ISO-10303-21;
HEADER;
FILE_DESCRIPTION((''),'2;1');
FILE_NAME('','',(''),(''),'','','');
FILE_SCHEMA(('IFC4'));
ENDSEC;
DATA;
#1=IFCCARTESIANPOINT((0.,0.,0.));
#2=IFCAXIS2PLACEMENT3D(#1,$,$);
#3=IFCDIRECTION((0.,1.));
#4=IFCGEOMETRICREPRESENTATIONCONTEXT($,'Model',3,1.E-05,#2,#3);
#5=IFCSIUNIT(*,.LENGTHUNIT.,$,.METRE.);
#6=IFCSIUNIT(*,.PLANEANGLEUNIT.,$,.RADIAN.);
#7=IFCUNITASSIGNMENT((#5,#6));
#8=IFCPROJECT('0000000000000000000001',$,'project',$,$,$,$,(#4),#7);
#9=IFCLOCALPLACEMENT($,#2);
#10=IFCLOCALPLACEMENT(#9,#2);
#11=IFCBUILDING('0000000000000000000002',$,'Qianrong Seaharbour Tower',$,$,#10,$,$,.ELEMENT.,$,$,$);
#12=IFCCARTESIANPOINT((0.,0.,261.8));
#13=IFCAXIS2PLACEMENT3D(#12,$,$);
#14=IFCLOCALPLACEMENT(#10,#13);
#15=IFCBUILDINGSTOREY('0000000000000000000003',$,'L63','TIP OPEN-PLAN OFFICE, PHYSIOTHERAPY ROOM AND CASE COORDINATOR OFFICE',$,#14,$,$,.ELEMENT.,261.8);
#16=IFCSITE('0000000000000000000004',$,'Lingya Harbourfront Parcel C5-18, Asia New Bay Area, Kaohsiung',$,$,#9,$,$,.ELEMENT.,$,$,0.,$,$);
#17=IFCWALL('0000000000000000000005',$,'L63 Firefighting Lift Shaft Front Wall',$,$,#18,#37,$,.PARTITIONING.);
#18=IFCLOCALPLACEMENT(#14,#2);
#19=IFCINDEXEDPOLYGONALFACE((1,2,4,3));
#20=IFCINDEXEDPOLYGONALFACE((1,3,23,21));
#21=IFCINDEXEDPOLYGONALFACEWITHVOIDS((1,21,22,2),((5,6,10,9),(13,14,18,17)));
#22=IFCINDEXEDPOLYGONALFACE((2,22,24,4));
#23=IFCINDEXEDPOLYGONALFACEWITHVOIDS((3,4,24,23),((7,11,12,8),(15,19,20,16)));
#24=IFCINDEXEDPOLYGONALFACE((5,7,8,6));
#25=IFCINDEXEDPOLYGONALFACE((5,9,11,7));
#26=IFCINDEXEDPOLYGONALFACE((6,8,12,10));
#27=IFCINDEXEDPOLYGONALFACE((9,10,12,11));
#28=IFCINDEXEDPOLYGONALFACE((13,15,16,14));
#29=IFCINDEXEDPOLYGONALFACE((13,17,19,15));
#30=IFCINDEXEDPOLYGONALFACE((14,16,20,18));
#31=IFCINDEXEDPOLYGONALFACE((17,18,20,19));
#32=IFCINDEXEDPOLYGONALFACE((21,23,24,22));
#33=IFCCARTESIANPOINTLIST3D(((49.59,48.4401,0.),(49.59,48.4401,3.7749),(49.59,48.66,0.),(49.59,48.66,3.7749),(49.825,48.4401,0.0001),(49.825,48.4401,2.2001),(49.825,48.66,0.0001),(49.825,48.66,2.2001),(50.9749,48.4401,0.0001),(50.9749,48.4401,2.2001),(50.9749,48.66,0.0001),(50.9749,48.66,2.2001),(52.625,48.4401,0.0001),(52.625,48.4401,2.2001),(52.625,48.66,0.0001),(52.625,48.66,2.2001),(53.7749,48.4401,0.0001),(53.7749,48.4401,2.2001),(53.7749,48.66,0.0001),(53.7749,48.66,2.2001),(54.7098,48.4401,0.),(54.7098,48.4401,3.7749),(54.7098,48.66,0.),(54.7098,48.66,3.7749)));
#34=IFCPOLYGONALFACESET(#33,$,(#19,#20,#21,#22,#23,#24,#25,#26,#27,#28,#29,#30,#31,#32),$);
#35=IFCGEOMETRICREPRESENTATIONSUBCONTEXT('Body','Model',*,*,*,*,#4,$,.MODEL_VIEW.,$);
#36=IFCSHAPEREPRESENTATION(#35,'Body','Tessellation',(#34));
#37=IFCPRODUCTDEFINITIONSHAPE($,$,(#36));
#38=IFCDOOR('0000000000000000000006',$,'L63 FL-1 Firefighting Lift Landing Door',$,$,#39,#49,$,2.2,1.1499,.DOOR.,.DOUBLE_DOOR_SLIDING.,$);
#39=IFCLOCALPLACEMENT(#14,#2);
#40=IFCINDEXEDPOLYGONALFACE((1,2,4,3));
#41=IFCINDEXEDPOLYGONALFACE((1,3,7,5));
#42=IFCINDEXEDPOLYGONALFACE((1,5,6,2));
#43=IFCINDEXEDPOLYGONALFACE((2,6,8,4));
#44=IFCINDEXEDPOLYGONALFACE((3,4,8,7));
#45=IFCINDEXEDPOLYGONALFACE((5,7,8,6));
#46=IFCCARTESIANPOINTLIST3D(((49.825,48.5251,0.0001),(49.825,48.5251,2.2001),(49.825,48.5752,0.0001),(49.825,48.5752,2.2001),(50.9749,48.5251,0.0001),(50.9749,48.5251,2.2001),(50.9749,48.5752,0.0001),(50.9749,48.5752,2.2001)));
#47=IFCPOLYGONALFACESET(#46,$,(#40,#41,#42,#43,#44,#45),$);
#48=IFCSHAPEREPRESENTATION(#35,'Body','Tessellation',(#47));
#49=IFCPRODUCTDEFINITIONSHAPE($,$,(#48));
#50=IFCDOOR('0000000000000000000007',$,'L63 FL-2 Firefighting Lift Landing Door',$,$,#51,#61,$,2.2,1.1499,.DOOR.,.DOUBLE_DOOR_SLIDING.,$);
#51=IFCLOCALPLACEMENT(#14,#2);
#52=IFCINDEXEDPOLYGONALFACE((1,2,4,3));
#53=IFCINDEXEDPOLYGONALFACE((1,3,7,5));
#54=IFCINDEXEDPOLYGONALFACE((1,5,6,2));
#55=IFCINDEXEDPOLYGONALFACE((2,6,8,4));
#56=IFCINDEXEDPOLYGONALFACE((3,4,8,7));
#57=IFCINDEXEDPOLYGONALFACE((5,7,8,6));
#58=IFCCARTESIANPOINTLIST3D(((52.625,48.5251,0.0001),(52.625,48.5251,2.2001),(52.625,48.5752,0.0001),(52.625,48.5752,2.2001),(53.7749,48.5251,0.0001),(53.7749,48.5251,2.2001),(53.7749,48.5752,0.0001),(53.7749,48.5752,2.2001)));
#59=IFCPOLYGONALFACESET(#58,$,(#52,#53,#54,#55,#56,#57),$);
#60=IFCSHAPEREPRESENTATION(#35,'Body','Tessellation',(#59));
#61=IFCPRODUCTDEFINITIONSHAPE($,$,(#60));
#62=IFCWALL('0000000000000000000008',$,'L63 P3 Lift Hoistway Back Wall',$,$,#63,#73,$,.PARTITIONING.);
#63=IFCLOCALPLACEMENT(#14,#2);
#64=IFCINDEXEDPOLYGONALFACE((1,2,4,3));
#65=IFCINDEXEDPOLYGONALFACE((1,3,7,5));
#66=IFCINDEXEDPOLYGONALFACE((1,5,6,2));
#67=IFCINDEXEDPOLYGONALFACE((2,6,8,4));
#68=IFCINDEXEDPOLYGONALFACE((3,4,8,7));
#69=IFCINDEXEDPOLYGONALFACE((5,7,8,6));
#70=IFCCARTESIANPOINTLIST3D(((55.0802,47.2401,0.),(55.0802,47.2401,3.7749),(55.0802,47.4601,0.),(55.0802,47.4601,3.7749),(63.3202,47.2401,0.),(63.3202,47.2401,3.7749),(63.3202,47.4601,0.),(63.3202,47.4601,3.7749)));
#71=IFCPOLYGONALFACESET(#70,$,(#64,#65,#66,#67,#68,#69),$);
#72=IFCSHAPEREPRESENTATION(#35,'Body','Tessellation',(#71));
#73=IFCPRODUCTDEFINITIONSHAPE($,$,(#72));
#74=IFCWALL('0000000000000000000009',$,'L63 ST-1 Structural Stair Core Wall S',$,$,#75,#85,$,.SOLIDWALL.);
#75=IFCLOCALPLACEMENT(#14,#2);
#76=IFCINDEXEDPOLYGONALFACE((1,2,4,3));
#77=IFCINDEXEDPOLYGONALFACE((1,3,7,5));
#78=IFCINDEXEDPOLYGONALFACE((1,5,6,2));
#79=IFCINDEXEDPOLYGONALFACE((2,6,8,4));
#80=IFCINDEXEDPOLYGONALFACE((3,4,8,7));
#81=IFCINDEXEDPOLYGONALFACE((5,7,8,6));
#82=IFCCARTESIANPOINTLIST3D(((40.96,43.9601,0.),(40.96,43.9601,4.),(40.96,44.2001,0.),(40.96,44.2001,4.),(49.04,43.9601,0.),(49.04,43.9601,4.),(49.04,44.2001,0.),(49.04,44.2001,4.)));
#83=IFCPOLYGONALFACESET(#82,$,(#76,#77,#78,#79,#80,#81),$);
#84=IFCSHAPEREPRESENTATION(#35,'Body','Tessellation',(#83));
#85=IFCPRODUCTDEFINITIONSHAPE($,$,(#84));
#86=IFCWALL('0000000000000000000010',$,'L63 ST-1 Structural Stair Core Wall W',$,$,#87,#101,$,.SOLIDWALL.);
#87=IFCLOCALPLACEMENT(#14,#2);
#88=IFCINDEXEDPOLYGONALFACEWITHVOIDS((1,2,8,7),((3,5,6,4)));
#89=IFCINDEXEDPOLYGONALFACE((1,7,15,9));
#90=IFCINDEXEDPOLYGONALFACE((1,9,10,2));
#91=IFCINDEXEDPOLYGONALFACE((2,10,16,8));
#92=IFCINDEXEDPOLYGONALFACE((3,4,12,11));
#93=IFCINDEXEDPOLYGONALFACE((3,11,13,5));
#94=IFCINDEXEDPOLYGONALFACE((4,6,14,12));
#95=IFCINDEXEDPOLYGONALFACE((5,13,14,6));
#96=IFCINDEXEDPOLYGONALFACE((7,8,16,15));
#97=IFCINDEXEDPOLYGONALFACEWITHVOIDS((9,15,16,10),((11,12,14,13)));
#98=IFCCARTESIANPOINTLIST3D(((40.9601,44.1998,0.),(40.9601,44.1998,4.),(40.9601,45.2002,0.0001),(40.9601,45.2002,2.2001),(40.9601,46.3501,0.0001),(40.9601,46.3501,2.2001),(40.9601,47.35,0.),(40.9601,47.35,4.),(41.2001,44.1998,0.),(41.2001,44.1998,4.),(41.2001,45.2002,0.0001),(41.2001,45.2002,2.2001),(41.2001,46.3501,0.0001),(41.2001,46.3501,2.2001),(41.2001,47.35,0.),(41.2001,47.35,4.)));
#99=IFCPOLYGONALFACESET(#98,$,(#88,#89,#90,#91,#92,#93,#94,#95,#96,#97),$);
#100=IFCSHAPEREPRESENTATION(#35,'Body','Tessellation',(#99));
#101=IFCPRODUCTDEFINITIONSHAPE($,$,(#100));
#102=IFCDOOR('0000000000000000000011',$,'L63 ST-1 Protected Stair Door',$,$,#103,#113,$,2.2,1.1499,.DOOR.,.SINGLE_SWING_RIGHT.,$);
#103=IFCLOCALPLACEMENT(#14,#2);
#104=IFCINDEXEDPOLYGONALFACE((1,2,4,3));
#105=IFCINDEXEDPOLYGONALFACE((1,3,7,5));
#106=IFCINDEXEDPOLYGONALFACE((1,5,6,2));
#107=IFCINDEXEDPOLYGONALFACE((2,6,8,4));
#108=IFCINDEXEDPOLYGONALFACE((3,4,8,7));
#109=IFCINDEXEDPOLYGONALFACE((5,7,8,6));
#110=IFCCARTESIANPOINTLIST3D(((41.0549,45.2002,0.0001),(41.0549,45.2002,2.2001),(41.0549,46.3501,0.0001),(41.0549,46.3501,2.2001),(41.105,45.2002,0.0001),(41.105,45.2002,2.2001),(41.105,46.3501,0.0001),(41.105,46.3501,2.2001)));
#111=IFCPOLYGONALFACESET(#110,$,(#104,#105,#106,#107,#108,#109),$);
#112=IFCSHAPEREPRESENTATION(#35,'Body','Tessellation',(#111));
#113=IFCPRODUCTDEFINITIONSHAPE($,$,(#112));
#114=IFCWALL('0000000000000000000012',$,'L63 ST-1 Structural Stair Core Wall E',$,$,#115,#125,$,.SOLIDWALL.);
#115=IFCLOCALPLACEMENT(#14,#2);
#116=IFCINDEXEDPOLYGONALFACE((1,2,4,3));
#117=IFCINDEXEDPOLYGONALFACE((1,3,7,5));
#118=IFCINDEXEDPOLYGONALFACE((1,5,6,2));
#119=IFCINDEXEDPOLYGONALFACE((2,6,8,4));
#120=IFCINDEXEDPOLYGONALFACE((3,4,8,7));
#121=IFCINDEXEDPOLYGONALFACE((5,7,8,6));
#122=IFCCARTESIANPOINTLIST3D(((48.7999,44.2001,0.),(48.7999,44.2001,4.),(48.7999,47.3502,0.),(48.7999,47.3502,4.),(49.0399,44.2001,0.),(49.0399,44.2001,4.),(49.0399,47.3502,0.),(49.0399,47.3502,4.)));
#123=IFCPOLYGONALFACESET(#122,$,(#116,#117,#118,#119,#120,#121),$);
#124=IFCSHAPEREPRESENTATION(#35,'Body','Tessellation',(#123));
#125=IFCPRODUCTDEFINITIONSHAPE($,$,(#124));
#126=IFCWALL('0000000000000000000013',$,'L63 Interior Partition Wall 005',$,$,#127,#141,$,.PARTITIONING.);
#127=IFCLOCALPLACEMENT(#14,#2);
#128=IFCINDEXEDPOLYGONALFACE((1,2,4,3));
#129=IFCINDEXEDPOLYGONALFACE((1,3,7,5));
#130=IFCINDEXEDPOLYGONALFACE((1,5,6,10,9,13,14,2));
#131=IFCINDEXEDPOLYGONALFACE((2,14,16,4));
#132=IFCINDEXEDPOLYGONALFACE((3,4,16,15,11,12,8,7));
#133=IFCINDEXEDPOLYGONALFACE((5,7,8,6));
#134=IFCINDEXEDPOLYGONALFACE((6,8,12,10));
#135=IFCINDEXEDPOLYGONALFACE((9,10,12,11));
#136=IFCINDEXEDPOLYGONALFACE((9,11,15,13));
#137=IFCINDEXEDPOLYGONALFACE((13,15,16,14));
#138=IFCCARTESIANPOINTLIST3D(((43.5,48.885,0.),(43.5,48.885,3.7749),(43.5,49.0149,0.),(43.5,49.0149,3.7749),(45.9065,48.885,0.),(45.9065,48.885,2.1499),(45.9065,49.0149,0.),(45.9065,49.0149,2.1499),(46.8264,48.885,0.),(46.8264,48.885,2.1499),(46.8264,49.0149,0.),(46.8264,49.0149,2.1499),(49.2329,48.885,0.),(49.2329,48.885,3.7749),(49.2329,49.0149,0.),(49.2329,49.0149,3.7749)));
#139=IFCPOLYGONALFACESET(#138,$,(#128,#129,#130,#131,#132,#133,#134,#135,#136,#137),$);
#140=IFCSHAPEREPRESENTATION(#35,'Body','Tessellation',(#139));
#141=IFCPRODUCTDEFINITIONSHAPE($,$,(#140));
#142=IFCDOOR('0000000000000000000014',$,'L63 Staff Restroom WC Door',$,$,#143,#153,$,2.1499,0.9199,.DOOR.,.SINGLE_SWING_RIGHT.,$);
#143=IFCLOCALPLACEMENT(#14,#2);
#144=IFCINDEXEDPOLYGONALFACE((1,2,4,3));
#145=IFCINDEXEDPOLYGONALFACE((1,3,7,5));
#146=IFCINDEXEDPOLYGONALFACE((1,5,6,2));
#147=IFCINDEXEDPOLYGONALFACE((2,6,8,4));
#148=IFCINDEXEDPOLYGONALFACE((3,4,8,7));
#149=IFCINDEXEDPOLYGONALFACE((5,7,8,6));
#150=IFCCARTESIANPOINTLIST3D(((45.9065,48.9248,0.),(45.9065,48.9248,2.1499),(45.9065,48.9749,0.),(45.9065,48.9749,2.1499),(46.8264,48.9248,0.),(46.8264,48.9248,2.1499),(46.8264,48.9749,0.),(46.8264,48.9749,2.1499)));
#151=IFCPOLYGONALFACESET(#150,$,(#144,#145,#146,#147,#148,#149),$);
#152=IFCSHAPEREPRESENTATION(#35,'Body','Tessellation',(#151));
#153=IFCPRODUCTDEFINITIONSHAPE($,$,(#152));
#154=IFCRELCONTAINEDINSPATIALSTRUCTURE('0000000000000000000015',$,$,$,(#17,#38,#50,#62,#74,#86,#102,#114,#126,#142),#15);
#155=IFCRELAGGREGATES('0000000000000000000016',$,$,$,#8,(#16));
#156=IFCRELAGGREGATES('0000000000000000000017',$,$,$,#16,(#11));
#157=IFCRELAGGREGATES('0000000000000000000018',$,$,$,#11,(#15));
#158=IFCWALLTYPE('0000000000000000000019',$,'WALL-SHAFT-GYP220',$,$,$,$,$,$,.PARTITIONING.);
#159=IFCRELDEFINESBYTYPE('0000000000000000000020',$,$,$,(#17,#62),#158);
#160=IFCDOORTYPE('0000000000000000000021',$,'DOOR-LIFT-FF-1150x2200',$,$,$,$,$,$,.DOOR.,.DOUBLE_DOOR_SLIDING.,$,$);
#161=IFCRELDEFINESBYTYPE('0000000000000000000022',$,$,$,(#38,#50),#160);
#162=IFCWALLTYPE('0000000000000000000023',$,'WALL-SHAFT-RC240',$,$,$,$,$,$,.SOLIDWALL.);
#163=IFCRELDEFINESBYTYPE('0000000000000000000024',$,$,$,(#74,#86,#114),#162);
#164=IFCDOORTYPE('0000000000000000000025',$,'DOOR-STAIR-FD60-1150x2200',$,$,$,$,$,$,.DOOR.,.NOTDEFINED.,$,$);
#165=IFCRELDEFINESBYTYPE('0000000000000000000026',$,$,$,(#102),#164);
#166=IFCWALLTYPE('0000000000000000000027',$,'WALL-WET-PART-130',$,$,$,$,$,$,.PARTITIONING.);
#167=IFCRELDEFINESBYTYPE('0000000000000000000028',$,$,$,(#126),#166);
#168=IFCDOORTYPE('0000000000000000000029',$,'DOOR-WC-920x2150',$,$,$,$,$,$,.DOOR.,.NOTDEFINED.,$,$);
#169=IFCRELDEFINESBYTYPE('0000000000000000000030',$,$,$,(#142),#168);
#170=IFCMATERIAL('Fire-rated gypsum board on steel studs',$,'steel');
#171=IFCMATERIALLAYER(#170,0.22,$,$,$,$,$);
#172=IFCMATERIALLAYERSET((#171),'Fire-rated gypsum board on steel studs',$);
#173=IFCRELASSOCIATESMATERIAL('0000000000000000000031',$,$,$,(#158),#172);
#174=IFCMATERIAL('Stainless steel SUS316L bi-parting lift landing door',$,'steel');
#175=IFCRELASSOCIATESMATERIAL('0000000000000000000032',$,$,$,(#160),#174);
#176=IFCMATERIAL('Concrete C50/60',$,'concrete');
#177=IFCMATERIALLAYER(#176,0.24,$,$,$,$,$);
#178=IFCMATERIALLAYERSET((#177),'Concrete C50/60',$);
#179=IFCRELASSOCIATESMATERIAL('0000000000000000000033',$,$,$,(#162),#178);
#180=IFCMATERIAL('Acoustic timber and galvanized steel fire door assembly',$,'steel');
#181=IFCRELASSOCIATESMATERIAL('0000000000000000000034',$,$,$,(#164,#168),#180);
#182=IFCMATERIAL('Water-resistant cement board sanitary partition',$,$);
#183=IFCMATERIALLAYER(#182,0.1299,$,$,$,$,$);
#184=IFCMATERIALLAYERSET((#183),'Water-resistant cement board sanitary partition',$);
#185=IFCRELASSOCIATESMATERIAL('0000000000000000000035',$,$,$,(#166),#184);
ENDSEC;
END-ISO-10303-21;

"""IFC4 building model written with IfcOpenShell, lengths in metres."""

from ifc_helpers import new_model, si_unit, direction, frame, frame_2d, origin, place, context, subcontext, project, spatial, rectangle, extrude, material, layer, layer_set, type_object, element, fill, save


model = new_model("IFC4")

# Units and contexts
model_context = context("Model", 3, precision=1e-05, world=origin(), true_north=direction((0.0, 1.0)))
body_context = subcontext(model_context, "Body", "Model", "MODEL_VIEW")
ifc_project = project(units=[si_unit("LENGTHUNIT", "METRE"), si_unit("PLANEANGLEUNIT", "RADIAN")], contexts=[model_context])

# Site, building, storey
site_placement = place(None, origin())
site = spatial("IfcSite", under=ifc_project, at=site_placement, Name="Lingya Harbourfront Parcel C5-18, Asia New Bay Area, Kaohsiung", CompositionType="ELEMENT", RefElevation=0.0)
building_placement = place(site_placement, origin())
building = spatial("IfcBuilding", under=site, at=building_placement, Name="Qianrong Seaharbour Tower", CompositionType="ELEMENT")
storey_placement = place(building_placement, frame((0.0, 0.0, 261.8)))
storey = spatial("IfcBuildingStorey", under=building, at=storey_placement, Name="L63", Description="TIP OPEN-PLAN OFFICE, PHYSIOTHERAPY ROOM AND CASE COORDINATOR OFFICE", CompositionType="ELEMENT", Elevation=261.8)

# Shared definitions
ifc_material_1 = material(Name="Concrete C50/60", Category="concrete")

# Shared definitions
ifc_material_2 = material(Name="Acoustic timber and galvanized steel fire door assembly", Category="steel")

# Shared definitions
ifc_material_3 = material(Name="Fire-rated gypsum board on steel studs", Category="steel")

# Wall, openings, doors
ifc_layer_1 = layer(ifc_material_3, 0.22)
ifc_layer_set_1 = layer_set([ifc_layer_1], Name="Fire-rated gypsum board on steel studs")
wall_type_1 = type_object("IfcWallType", Name="WALL-SHAFT-GYP220", PredefinedType="PARTITIONING", material=ifc_layer_set_1)
wall_1_placement = place(storey_placement, frame((54.71, 48.55, 0.0), z_axis=(0.0, 0.0, 1.0), x_axis=(-1.0, 0.0, 0.0)))
wall_1 = element("IfcWall", 1, at=wall_1_placement, inside=storey, type_object=wall_type_1, Name="L63 Firefighting Lift Shaft Front Wall", PredefinedType="PARTITIONING", context=body_context, shape_type="SweptSolid", body=[
    extrude(rectangle(XDim=5.1199, YDim=0.22, at=frame_2d((2.5601, 0.0))), origin(), (0.0, 0.0, 1.0), 3.7749),
])
opening_1_placement = place(wall_1_placement, frame((3.7351, 0.0, 0.0)))
opening_1 = element("IfcOpeningElement", 2, at=opening_1_placement, cuts=wall_1, PredefinedType="OPENING", context=body_context, shape_type="SweptSolid", body=[
    extrude(rectangle(XDim=1.1499, YDim=2.2, at=frame_2d((0.575, 1.1001))), frame((0.0, 0.1201, 0.0), z_axis=(0.0, -1.0, 0.0), x_axis=(1.0, 0.0, 0.0)), (0.0, 0.0, 1.0), 0.24),
])
opening_2_placement = place(wall_1_placement, frame((0.9351, 0.0, 0.0)))
opening_2 = element("IfcOpeningElement", 3, at=opening_2_placement, cuts=wall_1, PredefinedType="OPENING", context=body_context, shape_type="SweptSolid", body=[
    extrude(rectangle(XDim=1.1499, YDim=2.2, at=frame_2d((0.575, 1.1001))), frame((0.0, 0.1201, 0.0), z_axis=(0.0, -1.0, 0.0), x_axis=(1.0, 0.0, 0.0)), (0.0, 0.0, 1.0), 0.24),
])
ifc_material_4 = material(Name="Stainless steel SUS316L bi-parting lift landing door", Category="steel")
door_type_1 = type_object("IfcDoorType", Name="DOOR-LIFT-FF-1150x2200", OperationType="DOUBLE_DOOR_SLIDING", PredefinedType="DOOR", material=ifc_material_4)
door_1_placement = place(opening_1_placement, origin())
door_1 = element("IfcDoor", 4, at=door_1_placement, inside=storey, type_object=door_type_1, Name="L63 FL-1 Firefighting Lift Landing Door", OperationType="DOUBLE_DOOR_SLIDING", OverallHeight=2.2, OverallWidth=1.1499, PredefinedType="DOOR", context=body_context, shape_type="SweptSolid", body=[
    extrude(rectangle(XDim=1.1499, YDim=2.2, at=frame_2d((0.575, 1.1001))), frame((0.0, 0.0249, 0.0), z_axis=(0.0, -1.0, 0.0), x_axis=(1.0, 0.0, 0.0)), (0.0, 0.0, 1.0), 0.05),
])
fill(opening_1, door_1)
door_2_placement = place(opening_2_placement, origin())
door_2 = element("IfcDoor", 5, at=door_2_placement, inside=storey, type_object=door_type_1, Name="L63 FL-2 Firefighting Lift Landing Door", OperationType="DOUBLE_DOOR_SLIDING", OverallHeight=2.2, OverallWidth=1.1499, PredefinedType="DOOR", context=body_context, shape_type="SweptSolid", body=[
    extrude(rectangle(XDim=1.1499, YDim=2.2, at=frame_2d((0.575, 1.1001))), frame((0.0, 0.0249, 0.0), z_axis=(0.0, -1.0, 0.0), x_axis=(1.0, 0.0, 0.0)), (0.0, 0.0, 1.0), 0.05),
])
fill(opening_2, door_2)

# Walls
wall_2_placement = place(storey_placement, frame((55.0801, 47.3501, 0.0), z_axis=(0.0, 0.0, 1.0), x_axis=(1.0, 0.0, 0.0)))
element("IfcWall", 6, at=wall_2_placement, inside=storey, type_object=wall_type_1, Name="L63 P3 Lift Hoistway Back Wall", PredefinedType="PARTITIONING", context=body_context, shape_type="SweptSolid", body=[
    extrude(rectangle(XDim=8.24, YDim=0.22, at=frame_2d((4.1201, 0.0))), origin(), (0.0, 0.0, 1.0), 3.7749),
])
ifc_layer_2 = layer(ifc_material_1, 0.24)
ifc_layer_set_2 = layer_set([ifc_layer_2], Name="Concrete C50/60")
wall_type_2 = type_object("IfcWallType", Name="WALL-SHAFT-RC240", PredefinedType="SOLIDWALL", material=ifc_layer_set_2)
wall_3_placement = place(storey_placement, frame((49.04, 44.0801, 0.0), z_axis=(0.0, 0.0, 1.0), x_axis=(-1.0, 0.0, 0.0)))
element("IfcWall", 7, at=wall_3_placement, inside=storey, type_object=wall_type_2, Name="L63 ST-1 Structural Stair Core Wall S", PredefinedType="SOLIDWALL", context=body_context, shape_type="SweptSolid", body=[
    extrude(rectangle(XDim=8.0801, YDim=0.24, at=frame_2d((4.04, 0.0))), origin(), (0.0, 0.0, 1.0), 4.0),
])

# Wall, opening, door
wall_4_placement = place(storey_placement, frame((41.0801, 47.3501, 0.0), z_axis=(0.0, 0.0, 1.0), x_axis=(0.0, -1.0, 0.0)))
wall_4 = element("IfcWall", 8, at=wall_4_placement, inside=storey, type_object=wall_type_2, Name="L63 ST-1 Structural Stair Core Wall W", PredefinedType="SOLIDWALL", context=body_context, shape_type="SweptSolid", body=[
    extrude(rectangle(XDim=3.1501, YDim=0.24, at=frame_2d((1.5752, 0.0))), origin(), (0.0, 0.0, 1.0), 4.0),
])
opening_3_placement = place(wall_4_placement, frame((1.0, 0.0, 0.0)))
opening_3 = element("IfcOpeningElement", 9, at=opening_3_placement, cuts=wall_4, PredefinedType="OPENING", context=body_context, shape_type="SweptSolid", body=[
    extrude(rectangle(XDim=1.1499, YDim=2.2, at=frame_2d((0.575, 1.1001))), frame((0.0, 0.1299, 0.0), z_axis=(0.0, -1.0, 0.0), x_axis=(1.0, 0.0, 0.0)), (0.0, 0.0, 1.0), 0.26),
])
door_type_2 = type_object("IfcDoorType", Name="DOOR-STAIR-FD60-1150x2200", OperationType="NOTDEFINED", PredefinedType="DOOR", material=ifc_material_2)
door_3_placement = place(opening_3_placement, origin())
door_3 = element("IfcDoor", 10, at=door_3_placement, inside=storey, type_object=door_type_2, Name="L63 ST-1 Protected Stair Door", OperationType="SINGLE_SWING_RIGHT", OverallHeight=2.2, OverallWidth=1.1499, PredefinedType="DOOR", context=body_context, shape_type="SweptSolid", body=[
    extrude(rectangle(XDim=1.1499, YDim=2.2, at=frame_2d((0.575, 1.1001))), frame((0.0, 0.0249, 0.0), z_axis=(0.0, -1.0, 0.0), x_axis=(1.0, 0.0, 0.0)), (0.0, 0.0, 1.0), 0.05),
])
fill(opening_3, door_3)

# Wall
wall_5_placement = place(storey_placement, frame((48.9199, 44.2, 0.0), z_axis=(0.0, 0.0, 1.0), x_axis=(0.0, 1.0, 0.0)))
element("IfcWall", 11, at=wall_5_placement, inside=storey, type_object=wall_type_2, Name="L63 ST-1 Structural Stair Core Wall E", PredefinedType="SOLIDWALL", context=body_context, shape_type="SweptSolid", body=[
    extrude(rectangle(XDim=3.1501, YDim=0.24, at=frame_2d((1.5752, 0.0))), origin(), (0.0, 0.0, 1.0), 4.0),
])

# Wall, opening, door
ifc_material_5 = material(Name="Water-resistant cement board sanitary partition")
ifc_layer_3 = layer(ifc_material_5, 0.1299)
ifc_layer_set_3 = layer_set([ifc_layer_3], Name="Water-resistant cement board sanitary partition")
wall_type_3 = type_object("IfcWallType", Name="WALL-WET-PART-130", PredefinedType="PARTITIONING", material=ifc_layer_set_3)
wall_6_placement = place(storey_placement, frame((43.5, 48.95, 0.0), z_axis=(0.0, 0.0, 1.0), x_axis=(1.0, 0.0, 0.0)))
wall_6 = element("IfcWall", 12, at=wall_6_placement, inside=storey, type_object=wall_type_3, Name="L63 Interior Partition Wall 005", PredefinedType="PARTITIONING", context=body_context, shape_type="SweptSolid", body=[
    extrude(rectangle(XDim=5.7329, YDim=0.1299, at=frame_2d((2.8665, 0.0))), origin(), (0.0, 0.0, 1.0), 3.7749),
])
opening_4_placement = place(wall_6_placement, frame((2.4065, 0.0, 0.0)))
opening_4 = element("IfcOpeningElement", 13, at=opening_4_placement, cuts=wall_6, PredefinedType="OPENING", context=body_context, shape_type="SweptSolid", body=[
    extrude(rectangle(XDim=0.9199, YDim=2.1499, at=frame_2d((0.46, 1.075))), frame((0.0, 0.075, 0.0), z_axis=(0.0, -1.0, 0.0), x_axis=(1.0, 0.0, 0.0)), (0.0, 0.0, 1.0), 0.1499),
])
door_type_3 = type_object("IfcDoorType", Name="DOOR-WC-920x2150", OperationType="NOTDEFINED", PredefinedType="DOOR", material=ifc_material_2)
door_4_placement = place(opening_4_placement, origin())
door_4 = element("IfcDoor", 14, at=door_4_placement, inside=storey, type_object=door_type_3, Name="L63 Staff Restroom WC Door", OperationType="SINGLE_SWING_RIGHT", OverallHeight=2.1499, OverallWidth=0.9199, PredefinedType="DOOR", context=body_context, shape_type="SweptSolid", body=[
    extrude(rectangle(XDim=0.9199, YDim=2.1499, at=frame_2d((0.46, 1.075))), frame((0.0, 0.0249, 0.0), z_axis=(0.0, -1.0, 0.0), x_axis=(1.0, 0.0, 0.0)), (0.0, 0.0, 1.0), 0.05),
])
fill(opening_4, door_4)

save(model, "model.ifc")
